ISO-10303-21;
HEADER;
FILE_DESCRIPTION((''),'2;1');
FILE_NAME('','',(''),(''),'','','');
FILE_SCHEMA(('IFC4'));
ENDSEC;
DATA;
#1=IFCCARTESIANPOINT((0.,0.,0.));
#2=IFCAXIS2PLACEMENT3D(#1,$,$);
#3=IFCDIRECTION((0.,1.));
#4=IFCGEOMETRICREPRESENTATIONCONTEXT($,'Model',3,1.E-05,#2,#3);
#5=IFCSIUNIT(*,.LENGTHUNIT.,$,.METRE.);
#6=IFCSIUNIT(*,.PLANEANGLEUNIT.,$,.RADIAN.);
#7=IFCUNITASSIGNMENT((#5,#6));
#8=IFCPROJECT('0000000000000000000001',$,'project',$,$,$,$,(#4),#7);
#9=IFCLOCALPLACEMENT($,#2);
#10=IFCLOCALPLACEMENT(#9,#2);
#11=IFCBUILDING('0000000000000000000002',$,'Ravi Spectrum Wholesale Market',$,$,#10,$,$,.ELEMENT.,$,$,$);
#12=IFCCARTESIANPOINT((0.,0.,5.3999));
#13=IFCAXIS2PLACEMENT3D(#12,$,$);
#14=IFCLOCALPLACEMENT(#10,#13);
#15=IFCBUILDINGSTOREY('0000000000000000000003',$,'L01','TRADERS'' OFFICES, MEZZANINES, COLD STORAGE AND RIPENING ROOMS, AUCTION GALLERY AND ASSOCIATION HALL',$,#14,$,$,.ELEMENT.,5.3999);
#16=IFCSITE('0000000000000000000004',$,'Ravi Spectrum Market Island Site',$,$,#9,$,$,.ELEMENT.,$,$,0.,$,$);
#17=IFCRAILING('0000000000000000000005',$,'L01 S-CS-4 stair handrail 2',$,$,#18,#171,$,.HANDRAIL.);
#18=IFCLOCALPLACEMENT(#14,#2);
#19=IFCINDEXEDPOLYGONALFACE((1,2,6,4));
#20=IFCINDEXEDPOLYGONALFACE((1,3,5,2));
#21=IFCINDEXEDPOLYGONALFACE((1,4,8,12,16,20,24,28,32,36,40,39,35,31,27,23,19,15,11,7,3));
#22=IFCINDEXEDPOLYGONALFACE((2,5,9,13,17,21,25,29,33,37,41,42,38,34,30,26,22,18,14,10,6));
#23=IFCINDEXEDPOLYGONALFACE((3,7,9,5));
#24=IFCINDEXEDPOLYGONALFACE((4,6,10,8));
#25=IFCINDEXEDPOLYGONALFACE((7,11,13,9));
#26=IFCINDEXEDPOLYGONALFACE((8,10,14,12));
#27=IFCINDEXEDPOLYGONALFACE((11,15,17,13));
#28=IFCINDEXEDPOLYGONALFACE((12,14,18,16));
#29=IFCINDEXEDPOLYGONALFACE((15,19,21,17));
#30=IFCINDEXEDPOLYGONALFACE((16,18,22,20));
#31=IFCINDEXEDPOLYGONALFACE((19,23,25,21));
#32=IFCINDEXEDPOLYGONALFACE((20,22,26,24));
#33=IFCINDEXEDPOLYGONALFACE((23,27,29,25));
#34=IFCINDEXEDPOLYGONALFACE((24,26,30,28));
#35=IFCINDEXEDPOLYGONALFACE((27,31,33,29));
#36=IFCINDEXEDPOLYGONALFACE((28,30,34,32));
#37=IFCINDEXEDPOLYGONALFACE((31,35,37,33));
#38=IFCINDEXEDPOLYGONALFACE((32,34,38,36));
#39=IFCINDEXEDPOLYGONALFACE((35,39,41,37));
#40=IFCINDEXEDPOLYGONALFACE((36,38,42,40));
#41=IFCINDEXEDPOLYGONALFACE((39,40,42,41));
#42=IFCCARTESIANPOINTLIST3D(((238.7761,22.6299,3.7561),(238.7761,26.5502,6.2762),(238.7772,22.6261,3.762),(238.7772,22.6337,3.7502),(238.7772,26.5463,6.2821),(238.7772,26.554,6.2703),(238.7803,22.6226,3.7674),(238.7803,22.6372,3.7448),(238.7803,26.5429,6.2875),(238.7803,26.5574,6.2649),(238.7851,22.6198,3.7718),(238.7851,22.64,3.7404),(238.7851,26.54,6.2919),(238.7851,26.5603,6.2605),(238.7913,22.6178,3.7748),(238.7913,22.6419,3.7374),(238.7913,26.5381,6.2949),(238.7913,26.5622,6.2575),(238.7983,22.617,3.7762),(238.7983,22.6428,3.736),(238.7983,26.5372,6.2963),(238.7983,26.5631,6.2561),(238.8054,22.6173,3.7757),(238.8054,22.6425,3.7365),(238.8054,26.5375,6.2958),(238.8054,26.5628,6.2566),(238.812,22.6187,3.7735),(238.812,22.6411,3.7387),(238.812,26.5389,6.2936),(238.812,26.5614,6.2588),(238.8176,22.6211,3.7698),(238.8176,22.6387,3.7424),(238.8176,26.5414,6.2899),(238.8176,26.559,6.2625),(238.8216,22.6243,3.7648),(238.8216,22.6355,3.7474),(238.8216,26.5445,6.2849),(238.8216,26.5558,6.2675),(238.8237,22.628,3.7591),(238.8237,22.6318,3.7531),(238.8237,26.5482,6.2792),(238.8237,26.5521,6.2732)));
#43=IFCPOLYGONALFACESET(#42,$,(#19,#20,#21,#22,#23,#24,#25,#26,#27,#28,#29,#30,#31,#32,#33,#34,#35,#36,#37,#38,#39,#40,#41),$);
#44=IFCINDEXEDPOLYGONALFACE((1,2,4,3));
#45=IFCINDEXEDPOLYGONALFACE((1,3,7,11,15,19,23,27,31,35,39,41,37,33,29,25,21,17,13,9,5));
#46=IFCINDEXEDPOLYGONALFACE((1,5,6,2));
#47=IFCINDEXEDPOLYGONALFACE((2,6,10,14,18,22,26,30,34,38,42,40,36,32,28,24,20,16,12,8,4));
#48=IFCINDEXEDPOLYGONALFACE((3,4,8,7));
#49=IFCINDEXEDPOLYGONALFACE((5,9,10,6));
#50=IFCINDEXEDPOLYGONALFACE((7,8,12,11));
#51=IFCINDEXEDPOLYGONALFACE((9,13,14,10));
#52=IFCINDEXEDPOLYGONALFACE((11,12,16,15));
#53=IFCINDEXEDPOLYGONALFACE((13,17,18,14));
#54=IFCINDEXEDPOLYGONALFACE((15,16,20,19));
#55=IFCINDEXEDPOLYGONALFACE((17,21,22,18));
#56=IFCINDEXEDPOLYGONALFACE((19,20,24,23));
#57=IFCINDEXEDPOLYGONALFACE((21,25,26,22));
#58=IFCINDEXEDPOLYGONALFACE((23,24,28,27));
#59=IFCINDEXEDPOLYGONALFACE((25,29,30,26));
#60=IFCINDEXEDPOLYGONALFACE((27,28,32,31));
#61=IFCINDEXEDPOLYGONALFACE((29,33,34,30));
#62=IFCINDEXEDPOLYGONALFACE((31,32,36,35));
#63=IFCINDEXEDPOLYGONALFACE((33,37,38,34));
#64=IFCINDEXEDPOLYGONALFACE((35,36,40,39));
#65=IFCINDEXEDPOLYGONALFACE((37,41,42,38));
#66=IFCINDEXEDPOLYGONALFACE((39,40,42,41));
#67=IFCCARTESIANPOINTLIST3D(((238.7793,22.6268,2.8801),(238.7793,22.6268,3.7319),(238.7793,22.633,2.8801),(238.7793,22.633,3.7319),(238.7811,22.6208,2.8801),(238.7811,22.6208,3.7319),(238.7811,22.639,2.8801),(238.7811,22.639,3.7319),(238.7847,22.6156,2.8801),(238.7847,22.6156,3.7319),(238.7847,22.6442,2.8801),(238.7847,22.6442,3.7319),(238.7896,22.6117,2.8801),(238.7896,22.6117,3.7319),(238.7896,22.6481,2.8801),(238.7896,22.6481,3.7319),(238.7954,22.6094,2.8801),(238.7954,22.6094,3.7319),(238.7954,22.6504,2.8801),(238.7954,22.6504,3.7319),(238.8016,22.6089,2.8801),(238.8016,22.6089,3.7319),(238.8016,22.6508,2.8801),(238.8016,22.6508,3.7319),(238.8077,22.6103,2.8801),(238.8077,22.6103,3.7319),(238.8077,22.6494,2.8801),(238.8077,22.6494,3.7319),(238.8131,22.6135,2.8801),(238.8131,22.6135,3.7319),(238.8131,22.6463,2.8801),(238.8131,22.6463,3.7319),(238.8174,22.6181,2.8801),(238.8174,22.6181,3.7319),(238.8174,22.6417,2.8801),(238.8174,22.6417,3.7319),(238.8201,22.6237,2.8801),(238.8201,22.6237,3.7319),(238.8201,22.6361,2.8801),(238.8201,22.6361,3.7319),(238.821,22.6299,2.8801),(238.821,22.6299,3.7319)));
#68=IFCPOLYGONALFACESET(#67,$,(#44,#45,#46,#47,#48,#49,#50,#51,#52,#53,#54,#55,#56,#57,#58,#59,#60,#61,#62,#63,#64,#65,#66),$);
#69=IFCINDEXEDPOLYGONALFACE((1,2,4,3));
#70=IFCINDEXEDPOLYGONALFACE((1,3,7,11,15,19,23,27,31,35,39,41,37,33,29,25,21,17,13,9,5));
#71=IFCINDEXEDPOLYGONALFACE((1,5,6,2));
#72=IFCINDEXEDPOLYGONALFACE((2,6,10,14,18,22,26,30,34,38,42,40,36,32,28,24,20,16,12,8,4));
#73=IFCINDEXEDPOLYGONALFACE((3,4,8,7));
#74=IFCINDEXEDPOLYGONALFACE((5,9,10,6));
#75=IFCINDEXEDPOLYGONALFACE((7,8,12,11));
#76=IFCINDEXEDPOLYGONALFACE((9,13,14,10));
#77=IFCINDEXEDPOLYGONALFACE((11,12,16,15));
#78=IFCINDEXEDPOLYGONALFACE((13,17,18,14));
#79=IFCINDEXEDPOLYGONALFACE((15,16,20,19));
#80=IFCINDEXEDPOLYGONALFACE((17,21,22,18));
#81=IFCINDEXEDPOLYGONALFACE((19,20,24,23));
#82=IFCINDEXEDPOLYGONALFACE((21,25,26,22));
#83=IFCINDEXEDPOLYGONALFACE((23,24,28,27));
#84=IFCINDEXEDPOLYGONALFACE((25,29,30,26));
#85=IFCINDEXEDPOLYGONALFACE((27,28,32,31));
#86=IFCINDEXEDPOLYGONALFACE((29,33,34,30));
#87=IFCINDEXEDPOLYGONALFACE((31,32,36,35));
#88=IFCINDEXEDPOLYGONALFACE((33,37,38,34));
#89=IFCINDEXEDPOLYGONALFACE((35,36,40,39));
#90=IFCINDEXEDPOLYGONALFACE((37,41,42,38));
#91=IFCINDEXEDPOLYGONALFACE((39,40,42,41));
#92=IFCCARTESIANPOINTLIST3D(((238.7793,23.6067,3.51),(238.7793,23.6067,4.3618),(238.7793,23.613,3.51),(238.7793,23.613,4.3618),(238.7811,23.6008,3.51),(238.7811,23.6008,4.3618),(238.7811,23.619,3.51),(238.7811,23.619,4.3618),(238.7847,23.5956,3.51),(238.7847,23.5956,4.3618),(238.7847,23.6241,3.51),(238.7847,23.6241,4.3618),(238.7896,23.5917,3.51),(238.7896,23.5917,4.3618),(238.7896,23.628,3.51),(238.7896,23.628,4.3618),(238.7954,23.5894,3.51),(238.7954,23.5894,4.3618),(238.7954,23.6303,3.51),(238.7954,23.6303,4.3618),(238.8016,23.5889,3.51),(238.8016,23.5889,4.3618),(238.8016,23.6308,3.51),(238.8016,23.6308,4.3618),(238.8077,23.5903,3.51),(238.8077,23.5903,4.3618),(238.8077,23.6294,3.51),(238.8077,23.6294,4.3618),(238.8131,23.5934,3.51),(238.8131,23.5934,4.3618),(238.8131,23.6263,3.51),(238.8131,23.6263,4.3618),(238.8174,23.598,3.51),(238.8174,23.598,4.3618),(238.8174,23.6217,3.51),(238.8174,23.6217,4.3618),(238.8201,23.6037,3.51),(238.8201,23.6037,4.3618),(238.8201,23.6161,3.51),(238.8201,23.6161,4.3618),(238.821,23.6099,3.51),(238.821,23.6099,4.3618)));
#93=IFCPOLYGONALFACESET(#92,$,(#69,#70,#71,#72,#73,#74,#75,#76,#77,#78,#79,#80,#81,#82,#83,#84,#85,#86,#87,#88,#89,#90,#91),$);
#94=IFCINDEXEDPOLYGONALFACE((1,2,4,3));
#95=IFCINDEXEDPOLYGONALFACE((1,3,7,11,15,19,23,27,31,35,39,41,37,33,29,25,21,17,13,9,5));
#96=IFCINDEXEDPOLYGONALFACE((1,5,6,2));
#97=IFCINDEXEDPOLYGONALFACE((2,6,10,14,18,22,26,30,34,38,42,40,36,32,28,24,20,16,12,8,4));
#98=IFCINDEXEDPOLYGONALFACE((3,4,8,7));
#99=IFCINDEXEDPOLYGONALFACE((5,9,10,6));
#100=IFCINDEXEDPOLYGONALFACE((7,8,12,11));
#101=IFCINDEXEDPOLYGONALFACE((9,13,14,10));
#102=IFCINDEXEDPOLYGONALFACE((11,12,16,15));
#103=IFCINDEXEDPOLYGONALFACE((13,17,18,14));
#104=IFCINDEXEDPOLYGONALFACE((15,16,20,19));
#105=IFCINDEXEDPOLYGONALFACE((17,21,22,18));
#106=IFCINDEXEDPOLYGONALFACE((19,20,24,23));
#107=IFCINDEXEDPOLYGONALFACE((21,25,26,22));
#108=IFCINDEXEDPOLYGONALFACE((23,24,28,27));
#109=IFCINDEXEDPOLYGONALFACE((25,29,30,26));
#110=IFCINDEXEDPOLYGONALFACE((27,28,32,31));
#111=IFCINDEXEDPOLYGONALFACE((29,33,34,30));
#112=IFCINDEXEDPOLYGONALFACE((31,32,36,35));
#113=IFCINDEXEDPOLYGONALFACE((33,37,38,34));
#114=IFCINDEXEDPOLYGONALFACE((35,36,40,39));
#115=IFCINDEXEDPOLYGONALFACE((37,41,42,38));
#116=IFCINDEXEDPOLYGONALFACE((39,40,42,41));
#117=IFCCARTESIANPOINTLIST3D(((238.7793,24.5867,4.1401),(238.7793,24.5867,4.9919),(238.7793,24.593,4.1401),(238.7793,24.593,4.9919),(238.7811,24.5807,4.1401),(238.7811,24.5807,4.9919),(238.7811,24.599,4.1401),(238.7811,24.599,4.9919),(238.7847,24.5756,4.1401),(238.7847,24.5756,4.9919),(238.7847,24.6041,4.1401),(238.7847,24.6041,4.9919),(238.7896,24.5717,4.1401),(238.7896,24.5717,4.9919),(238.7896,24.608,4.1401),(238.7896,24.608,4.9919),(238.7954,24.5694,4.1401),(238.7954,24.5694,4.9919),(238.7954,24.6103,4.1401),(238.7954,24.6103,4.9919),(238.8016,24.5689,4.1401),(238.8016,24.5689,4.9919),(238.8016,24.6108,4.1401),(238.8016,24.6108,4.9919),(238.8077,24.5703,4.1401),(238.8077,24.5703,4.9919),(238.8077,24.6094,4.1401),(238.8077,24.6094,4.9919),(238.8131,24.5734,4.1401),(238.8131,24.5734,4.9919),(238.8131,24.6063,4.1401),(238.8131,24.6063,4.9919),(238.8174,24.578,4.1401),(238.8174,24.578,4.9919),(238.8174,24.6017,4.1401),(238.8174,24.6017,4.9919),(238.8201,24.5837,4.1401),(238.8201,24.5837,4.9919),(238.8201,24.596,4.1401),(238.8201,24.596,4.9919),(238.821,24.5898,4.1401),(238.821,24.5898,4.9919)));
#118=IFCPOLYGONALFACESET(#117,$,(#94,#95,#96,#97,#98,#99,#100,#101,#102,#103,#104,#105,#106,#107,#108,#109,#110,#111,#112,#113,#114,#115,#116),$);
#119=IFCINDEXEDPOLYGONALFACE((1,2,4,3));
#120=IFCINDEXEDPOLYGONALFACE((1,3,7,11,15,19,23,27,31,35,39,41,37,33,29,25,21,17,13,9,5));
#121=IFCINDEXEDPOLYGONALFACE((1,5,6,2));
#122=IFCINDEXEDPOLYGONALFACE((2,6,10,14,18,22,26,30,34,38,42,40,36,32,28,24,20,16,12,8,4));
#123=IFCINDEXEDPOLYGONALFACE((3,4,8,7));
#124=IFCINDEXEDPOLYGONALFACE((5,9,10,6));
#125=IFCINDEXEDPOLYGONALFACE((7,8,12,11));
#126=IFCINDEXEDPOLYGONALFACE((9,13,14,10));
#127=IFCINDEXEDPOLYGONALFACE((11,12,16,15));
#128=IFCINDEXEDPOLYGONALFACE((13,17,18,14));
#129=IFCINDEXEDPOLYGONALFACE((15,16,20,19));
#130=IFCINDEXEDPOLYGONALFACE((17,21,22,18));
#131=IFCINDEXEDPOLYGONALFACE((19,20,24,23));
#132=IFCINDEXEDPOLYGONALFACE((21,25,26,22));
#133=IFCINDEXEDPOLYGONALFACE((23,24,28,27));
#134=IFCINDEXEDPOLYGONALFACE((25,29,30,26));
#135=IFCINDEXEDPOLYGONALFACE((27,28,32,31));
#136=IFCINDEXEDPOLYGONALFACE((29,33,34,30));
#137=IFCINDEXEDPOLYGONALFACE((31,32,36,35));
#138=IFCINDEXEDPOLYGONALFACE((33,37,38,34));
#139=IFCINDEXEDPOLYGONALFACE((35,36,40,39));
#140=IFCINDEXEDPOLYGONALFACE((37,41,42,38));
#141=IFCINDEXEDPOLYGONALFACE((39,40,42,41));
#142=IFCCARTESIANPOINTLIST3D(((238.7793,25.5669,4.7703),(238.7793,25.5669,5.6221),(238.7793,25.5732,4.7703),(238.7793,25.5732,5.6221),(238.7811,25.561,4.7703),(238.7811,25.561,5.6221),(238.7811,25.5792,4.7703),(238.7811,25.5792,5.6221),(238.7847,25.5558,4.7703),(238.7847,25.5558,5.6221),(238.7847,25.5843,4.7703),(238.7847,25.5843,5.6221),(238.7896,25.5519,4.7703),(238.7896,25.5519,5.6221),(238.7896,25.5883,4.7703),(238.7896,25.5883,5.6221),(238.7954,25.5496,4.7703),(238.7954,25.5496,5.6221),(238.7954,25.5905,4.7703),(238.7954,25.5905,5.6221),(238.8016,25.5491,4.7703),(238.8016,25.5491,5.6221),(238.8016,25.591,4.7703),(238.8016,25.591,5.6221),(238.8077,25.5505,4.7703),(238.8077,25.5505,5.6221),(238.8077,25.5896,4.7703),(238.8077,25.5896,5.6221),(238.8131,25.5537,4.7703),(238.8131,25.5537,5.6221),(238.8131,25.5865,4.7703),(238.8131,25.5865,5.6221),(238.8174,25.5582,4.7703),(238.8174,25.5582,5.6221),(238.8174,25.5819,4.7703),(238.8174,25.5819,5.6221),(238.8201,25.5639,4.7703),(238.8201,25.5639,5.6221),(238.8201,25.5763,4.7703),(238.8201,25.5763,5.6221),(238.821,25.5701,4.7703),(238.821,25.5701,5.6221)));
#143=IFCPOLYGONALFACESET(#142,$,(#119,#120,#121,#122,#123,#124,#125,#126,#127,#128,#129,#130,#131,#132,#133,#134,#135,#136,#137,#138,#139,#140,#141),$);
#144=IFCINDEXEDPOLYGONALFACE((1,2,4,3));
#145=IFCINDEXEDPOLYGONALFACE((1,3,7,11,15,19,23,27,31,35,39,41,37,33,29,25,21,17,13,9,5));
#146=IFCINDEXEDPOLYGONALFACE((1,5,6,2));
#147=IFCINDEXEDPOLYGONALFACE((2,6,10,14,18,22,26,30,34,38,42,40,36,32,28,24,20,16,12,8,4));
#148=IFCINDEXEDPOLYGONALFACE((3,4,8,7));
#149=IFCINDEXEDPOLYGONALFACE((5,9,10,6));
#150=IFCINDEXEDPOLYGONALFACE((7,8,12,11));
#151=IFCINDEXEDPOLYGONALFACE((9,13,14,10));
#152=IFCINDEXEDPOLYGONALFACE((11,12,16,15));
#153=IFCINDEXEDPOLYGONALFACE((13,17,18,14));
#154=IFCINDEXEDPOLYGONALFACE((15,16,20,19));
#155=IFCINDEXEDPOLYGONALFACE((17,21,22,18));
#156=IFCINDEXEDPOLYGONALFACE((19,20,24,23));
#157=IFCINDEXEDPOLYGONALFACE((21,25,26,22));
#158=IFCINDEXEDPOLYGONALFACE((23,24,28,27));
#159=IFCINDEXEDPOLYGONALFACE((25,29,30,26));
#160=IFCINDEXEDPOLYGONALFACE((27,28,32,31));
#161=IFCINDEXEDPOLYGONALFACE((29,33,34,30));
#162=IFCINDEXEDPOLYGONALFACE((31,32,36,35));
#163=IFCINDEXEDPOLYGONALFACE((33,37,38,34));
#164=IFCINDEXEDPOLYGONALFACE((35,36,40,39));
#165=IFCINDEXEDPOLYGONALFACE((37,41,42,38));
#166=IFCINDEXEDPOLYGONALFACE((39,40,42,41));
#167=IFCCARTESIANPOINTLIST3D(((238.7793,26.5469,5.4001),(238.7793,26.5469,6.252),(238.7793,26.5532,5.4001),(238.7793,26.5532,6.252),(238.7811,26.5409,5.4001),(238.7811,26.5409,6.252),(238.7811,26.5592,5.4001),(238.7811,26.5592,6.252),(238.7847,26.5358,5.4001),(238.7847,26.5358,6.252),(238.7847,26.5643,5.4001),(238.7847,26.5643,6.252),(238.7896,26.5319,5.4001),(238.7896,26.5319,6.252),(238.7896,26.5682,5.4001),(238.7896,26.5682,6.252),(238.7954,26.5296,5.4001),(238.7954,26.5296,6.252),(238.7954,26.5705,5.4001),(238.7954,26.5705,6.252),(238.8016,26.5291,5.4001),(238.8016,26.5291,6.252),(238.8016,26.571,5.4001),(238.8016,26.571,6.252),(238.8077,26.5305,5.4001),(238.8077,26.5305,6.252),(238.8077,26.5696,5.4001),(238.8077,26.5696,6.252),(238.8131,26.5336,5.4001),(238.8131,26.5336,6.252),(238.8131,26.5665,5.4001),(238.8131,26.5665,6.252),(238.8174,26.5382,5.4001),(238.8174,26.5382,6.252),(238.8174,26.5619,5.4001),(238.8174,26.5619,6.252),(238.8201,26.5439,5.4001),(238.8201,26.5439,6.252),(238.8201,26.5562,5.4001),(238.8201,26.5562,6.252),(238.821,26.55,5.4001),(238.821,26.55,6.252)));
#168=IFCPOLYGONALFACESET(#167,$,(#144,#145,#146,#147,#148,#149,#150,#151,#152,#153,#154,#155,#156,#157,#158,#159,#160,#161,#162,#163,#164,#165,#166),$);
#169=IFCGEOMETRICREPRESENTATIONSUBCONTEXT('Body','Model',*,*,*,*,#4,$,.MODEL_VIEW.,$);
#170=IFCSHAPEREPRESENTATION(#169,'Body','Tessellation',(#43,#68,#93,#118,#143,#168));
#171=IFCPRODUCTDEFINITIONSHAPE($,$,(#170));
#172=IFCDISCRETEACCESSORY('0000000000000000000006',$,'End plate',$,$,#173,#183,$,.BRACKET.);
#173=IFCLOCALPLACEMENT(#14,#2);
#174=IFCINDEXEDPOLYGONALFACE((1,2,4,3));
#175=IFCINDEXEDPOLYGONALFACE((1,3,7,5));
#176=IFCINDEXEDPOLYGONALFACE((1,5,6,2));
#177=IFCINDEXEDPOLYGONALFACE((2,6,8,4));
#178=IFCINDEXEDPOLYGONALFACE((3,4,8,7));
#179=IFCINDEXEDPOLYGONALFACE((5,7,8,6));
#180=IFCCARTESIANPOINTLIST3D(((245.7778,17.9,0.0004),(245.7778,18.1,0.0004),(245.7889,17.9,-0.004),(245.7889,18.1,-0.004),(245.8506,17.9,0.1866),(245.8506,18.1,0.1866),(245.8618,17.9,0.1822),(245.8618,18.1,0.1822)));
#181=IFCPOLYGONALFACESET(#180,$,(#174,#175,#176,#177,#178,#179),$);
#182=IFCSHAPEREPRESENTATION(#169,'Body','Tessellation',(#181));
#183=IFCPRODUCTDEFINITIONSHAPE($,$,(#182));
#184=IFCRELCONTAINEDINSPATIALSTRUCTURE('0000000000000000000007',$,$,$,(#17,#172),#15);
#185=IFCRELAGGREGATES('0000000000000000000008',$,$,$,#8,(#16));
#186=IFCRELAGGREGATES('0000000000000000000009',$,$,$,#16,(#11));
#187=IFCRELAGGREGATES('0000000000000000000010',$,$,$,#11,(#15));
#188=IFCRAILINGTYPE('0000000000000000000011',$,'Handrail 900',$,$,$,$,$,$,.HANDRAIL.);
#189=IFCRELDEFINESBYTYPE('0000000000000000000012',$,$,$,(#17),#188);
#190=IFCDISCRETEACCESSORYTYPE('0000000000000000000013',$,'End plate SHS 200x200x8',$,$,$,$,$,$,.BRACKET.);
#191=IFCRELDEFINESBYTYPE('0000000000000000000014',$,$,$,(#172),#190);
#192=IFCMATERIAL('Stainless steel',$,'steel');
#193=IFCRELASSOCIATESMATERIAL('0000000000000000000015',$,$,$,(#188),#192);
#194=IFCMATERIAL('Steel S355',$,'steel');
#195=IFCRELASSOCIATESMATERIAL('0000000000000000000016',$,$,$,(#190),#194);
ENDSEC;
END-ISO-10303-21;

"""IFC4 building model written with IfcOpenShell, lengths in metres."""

from ifc_helpers import new_model, si_unit, direction, frame, origin, origin_2d, place, context, subcontext, project, spatial, rectangle, circle, extrude, material, material_profile, profile_set, type_object, element, save


model = new_model("IFC4")

# Units and contexts
model_context = context("Model", 3, precision=1e-05, world=origin(), true_north=direction((0.0, 1.0)))
body_context = subcontext(model_context, "Body", "Model", "MODEL_VIEW")
ifc_project = project(units=[si_unit("LENGTHUNIT", "METRE"), si_unit("PLANEANGLEUNIT", "RADIAN")], contexts=[model_context])

# Site, building, storey
site_placement = place(None, origin())
site = spatial("IfcSite", under=ifc_project, at=site_placement, Name="Ravi Spectrum Market Island Site", CompositionType="ELEMENT", RefElevation=0.0)
building_placement = place(site_placement, origin())
building = spatial("IfcBuilding", under=site, at=building_placement, Name="Ravi Spectrum Wholesale Market", CompositionType="ELEMENT")
storey_placement = place(building_placement, frame((0.0, 0.0, 5.3999)))
storey = spatial("IfcBuildingStorey", under=building, at=storey_placement, Name="L01", Description="TRADERS' OFFICES, MEZZANINES, COLD STORAGE AND RIPENING ROOMS, AUCTION GALLERY AND ASSOCIATION HALL", CompositionType="ELEMENT", Elevation=5.3999)

# Railing
ifc_material_1 = material(Name="Stainless steel", Category="steel")
railing_type_1 = type_object("IfcRailingType", Name="Handrail 900", PredefinedType="HANDRAIL", material=ifc_material_1)
railing_1_placement = place(storey_placement, frame((238.8, 22.6299, 2.8801)))
element("IfcRailing", 1, at=railing_1_placement, inside=storey, type_object=railing_type_1, Name="L01 S-CS-4 stair handrail 2", PredefinedType="HANDRAIL", context=body_context, shape_type="SweptSolid", body=[
    extrude(circle(Radius=0.0239, at=origin_2d()), frame((0.0, 0.0, 0.876), z_axis=(0.0, 0.841187, 0.540744), x_axis=(-1.0, 0.0, 0.0)), (0.0, 0.0, 1.0), 4.6604),
    extrude(circle(Radius=0.021, at=origin_2d()), origin(), (0.0, 0.0, 1.0), 0.8518),
    extrude(circle(Radius=0.021, at=origin_2d()), frame((0.0, 0.98, 0.6299)), (0.0, 0.0, 1.0), 0.8518),
    extrude(circle(Radius=0.021, at=origin_2d()), frame((0.0, 1.96, 1.26)), (0.0, 0.0, 1.0), 0.8518),
    extrude(circle(Radius=0.021, at=origin_2d()), frame((0.0, 2.9402, 1.8901)), (0.0, 0.0, 1.0), 0.8518),
    extrude(circle(Radius=0.021, at=origin_2d()), frame((0.0, 3.9202, 2.52)), (0.0, 0.0, 1.0), 0.8518),
])

# Discrete accessory
ifc_material_2 = material(Name="Steel S355", Category="steel")
ifc_material_profile_1 = material_profile(ifc_material_2, rectangle(XDim=0.2, YDim=0.2, at=origin_2d()))
ifc_profile_set_1 = profile_set([ifc_material_profile_1], Name="Steel S355")
discrete_accessory_type = type_object("IfcDiscreteAccessoryType", Name="End plate SHS 200x200x8", PredefinedType="BRACKET", material=ifc_profile_set_1)
discrete_accessory_placement = place(storey_placement, frame((245.8142, 18.0, 0.0935), z_axis=(0.931243, 0.0, -0.364399), x_axis=(0.0, 1.0, 0.0)))
element("IfcDiscreteAccessory", 2, at=discrete_accessory_placement, inside=storey, type_object=discrete_accessory_type, Name="End plate", PredefinedType="BRACKET", context=body_context, shape_type="SweptSolid", body=[
    extrude(rectangle(XDim=0.2, YDim=0.2, at=origin_2d()), origin(), (0.0, 0.0, 1.0), 0.012),
])

save(model, "model.ifc")
